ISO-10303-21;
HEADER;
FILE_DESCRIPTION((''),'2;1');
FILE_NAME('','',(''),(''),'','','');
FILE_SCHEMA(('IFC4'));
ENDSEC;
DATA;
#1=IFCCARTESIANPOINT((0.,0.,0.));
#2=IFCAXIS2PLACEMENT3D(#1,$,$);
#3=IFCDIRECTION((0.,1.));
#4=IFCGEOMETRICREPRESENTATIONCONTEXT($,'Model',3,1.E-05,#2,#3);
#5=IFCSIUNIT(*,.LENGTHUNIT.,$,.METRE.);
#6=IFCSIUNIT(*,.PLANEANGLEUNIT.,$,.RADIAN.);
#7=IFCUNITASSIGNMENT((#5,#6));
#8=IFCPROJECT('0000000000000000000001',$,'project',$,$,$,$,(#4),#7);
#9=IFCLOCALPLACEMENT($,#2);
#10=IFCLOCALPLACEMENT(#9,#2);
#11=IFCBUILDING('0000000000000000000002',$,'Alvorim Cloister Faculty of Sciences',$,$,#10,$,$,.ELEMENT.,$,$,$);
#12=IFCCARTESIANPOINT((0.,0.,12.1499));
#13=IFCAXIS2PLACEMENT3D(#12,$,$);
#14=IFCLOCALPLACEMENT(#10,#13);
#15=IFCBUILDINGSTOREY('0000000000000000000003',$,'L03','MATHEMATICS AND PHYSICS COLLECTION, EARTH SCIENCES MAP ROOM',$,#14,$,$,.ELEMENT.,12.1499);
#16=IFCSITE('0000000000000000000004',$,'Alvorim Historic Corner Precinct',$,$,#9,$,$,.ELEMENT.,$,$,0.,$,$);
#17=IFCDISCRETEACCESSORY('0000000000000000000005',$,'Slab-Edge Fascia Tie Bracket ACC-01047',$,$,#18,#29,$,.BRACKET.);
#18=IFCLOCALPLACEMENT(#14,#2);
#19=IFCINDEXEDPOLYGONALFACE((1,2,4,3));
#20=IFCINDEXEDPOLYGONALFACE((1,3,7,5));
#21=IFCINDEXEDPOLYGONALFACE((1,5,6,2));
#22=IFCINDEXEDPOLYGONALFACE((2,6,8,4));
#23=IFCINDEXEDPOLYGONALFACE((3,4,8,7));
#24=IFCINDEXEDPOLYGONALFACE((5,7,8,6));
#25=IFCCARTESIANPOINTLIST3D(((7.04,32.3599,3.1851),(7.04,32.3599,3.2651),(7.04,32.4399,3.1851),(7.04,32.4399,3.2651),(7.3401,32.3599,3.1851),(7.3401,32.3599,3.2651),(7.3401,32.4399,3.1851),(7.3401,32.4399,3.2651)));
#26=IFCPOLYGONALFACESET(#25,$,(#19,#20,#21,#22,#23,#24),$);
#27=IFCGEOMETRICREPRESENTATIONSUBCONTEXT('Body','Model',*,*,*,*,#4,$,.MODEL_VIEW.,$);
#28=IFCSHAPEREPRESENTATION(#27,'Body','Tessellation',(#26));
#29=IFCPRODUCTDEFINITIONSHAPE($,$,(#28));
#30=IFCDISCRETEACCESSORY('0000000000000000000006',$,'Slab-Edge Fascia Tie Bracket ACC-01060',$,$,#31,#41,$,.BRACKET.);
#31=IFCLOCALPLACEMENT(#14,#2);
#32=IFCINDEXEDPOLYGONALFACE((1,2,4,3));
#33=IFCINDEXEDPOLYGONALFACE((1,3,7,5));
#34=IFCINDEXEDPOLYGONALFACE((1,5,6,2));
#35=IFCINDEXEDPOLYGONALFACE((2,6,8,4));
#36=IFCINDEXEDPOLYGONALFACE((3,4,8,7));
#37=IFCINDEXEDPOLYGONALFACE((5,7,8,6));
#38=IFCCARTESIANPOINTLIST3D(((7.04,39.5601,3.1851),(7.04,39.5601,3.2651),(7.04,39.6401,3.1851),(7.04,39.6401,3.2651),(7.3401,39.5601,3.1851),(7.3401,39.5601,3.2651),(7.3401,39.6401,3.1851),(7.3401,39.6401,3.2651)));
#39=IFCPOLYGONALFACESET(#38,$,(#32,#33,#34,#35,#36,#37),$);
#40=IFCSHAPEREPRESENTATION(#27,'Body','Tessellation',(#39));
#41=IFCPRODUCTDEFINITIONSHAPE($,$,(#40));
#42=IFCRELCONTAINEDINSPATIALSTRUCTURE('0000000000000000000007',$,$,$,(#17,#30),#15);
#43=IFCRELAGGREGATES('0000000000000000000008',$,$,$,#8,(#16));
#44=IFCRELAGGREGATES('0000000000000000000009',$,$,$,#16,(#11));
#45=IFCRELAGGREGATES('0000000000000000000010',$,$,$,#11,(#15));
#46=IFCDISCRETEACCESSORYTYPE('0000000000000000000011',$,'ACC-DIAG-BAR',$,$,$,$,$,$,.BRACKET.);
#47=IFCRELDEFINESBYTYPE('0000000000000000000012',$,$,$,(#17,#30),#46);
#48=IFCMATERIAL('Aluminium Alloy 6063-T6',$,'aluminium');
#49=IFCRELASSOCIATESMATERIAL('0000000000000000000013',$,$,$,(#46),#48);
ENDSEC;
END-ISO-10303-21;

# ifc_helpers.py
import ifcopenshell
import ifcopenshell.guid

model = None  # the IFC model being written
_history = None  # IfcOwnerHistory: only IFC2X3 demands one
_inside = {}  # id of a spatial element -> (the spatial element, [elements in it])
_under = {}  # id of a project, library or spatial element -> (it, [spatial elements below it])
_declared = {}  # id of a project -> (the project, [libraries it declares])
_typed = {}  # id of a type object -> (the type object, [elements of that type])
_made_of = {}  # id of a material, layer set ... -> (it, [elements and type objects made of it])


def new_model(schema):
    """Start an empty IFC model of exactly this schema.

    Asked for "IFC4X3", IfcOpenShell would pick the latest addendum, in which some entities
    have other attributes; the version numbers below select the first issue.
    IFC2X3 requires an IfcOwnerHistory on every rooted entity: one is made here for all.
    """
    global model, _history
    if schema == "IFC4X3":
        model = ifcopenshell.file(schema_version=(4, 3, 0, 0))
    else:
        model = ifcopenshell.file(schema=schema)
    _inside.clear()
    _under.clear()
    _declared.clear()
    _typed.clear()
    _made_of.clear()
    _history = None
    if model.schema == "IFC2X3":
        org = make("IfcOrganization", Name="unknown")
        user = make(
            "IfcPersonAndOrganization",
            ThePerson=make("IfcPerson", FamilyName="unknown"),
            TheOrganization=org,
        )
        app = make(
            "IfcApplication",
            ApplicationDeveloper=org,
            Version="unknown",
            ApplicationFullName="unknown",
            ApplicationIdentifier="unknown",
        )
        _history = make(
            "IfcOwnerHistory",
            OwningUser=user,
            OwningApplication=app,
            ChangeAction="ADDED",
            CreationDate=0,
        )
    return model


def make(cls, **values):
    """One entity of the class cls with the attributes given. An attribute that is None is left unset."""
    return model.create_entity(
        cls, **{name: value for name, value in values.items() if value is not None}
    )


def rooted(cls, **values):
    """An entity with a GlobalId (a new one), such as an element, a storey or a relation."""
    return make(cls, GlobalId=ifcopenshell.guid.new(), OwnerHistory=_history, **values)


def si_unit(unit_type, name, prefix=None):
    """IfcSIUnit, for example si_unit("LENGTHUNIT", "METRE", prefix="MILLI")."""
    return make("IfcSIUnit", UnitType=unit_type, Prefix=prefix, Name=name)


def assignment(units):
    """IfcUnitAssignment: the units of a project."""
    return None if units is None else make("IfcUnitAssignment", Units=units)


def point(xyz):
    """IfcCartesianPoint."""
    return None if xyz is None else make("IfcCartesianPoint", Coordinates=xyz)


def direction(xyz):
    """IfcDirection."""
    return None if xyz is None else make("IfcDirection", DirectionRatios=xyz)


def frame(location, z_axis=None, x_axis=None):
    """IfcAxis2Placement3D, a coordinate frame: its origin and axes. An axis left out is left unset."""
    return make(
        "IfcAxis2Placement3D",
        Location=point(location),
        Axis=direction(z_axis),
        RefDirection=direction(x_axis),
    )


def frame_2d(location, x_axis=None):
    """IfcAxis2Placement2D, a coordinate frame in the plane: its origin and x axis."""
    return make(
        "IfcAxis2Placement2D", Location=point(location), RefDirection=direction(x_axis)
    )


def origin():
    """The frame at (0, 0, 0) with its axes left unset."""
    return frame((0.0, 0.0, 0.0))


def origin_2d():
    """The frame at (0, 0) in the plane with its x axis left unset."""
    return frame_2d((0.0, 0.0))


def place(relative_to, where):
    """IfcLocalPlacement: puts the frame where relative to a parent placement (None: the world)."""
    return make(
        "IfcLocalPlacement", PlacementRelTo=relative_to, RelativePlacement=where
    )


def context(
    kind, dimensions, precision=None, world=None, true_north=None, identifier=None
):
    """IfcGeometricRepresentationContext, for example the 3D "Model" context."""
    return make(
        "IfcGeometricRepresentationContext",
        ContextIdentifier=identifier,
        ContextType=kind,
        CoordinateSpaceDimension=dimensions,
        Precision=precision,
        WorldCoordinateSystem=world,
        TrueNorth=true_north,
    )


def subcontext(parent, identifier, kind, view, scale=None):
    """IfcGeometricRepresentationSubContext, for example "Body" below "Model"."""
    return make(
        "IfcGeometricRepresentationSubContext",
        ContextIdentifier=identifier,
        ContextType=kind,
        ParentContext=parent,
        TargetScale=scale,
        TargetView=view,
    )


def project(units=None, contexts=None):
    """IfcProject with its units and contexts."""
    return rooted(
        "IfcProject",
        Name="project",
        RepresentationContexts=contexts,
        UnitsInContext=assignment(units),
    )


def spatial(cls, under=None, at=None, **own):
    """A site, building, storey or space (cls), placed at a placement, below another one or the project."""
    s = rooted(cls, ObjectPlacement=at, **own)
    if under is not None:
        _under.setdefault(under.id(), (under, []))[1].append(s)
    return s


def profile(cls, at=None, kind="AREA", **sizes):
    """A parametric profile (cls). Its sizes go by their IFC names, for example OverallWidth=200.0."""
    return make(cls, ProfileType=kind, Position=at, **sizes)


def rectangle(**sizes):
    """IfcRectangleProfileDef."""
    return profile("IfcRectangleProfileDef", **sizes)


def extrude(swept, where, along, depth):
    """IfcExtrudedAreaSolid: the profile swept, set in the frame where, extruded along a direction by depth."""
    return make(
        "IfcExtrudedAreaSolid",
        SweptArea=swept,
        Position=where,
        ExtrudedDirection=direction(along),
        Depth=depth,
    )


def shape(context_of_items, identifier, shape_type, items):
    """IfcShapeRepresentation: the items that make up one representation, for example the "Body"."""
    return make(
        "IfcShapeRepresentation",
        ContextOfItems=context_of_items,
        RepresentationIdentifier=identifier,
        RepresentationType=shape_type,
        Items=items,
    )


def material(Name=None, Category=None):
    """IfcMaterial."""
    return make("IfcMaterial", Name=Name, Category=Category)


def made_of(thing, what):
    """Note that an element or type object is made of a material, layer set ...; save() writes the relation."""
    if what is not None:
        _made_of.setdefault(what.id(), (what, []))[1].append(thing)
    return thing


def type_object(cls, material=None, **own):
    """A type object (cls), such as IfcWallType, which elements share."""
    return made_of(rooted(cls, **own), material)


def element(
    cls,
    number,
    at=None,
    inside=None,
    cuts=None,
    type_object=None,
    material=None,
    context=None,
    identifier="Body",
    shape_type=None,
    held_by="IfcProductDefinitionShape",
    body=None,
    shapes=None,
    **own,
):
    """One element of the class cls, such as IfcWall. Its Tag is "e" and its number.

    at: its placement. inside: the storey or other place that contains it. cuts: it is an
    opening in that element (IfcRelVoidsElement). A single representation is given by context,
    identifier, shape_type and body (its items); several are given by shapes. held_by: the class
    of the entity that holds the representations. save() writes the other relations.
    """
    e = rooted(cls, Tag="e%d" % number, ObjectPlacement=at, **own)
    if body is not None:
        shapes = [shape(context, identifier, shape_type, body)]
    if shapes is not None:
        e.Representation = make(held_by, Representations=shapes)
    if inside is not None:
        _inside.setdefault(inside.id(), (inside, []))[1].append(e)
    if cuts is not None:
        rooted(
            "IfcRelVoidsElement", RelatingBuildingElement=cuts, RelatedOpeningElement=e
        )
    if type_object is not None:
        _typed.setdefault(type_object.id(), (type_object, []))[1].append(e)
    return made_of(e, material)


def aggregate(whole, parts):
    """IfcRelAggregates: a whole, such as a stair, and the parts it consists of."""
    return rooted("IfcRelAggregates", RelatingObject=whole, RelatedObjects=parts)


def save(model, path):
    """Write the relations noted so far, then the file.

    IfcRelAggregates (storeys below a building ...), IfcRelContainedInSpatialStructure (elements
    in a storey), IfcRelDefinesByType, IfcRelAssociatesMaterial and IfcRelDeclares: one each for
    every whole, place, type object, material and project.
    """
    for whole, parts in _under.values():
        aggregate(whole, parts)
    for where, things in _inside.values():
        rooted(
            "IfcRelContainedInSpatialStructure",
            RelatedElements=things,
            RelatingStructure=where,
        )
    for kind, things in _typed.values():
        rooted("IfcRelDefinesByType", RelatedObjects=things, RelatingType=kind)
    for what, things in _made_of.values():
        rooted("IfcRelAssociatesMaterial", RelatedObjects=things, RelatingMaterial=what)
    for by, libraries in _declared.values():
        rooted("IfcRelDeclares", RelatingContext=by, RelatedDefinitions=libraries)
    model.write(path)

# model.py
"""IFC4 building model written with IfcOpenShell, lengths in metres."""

from ifc_helpers import new_model, si_unit, direction, frame, origin, origin_2d, place, context, subcontext, project, spatial, rectangle, extrude, material, type_object, element, save


model = new_model("IFC4")

# Units and contexts
model_context = context("Model", 3, precision=1e-05, world=origin(), true_north=direction((0.0, 1.0)))
body_context = subcontext(model_context, "Body", "Model", "MODEL_VIEW")
ifc_project = project(units=[si_unit("LENGTHUNIT", "METRE"), si_unit("PLANEANGLEUNIT", "RADIAN")], contexts=[model_context])

# Site, building, storey
site_placement = place(None, origin())
site = spatial("IfcSite", under=ifc_project, at=site_placement, Name="Alvorim Historic Corner Precinct", CompositionType="ELEMENT", RefElevation=0.0)
building_placement = place(site_placement, origin())
building = spatial("IfcBuilding", under=site, at=building_placement, Name="Alvorim Cloister Faculty of Sciences", CompositionType="ELEMENT")
storey_placement = place(building_placement, frame((0.0, 0.0, 12.1499)))
storey = spatial("IfcBuildingStorey", under=building, at=storey_placement, Name="L03", Description="MATHEMATICS AND PHYSICS COLLECTION, EARTH SCIENCES MAP ROOM", CompositionType="ELEMENT", Elevation=12.1499)

# Shared definitions
ifc_material_1 = material(Name="Aluminium Alloy 6063-T6", Category="aluminium")

# Discrete accessories
discrete_accessory_type = type_object("IfcDiscreteAccessoryType", Name="ACC-DIAG-BAR", PredefinedType="BRACKET", material=ifc_material_1)
for number, where, z_axis, x_axis, name in (
    (1, (7.3401, 32.3999, 3.2251), (-1.0, 0.0, 0.0), (0.0, -1.0, 0.0), "Slab-Edge Fascia Tie Bracket ACC-01047"),
    (2, (7.3401, 39.6001, 3.2251), (-1.0, 0.0, 0.0), (0.0, -1.0, 0.0), "Slab-Edge Fascia Tie Bracket ACC-01060"),
):
    element("IfcDiscreteAccessory", number, at=place(storey_placement, frame(where, z_axis=z_axis, x_axis=x_axis)), inside=storey, type_object=discrete_accessory_type, Name=name, PredefinedType="BRACKET", context=body_context, shape_type="SweptSolid", body=[
        extrude(rectangle(XDim=0.0801, YDim=0.0801, at=origin_2d()), origin(), (0.0, 0.0, 1.0), 0.3),
    ])

save(model, "model.ifc")
